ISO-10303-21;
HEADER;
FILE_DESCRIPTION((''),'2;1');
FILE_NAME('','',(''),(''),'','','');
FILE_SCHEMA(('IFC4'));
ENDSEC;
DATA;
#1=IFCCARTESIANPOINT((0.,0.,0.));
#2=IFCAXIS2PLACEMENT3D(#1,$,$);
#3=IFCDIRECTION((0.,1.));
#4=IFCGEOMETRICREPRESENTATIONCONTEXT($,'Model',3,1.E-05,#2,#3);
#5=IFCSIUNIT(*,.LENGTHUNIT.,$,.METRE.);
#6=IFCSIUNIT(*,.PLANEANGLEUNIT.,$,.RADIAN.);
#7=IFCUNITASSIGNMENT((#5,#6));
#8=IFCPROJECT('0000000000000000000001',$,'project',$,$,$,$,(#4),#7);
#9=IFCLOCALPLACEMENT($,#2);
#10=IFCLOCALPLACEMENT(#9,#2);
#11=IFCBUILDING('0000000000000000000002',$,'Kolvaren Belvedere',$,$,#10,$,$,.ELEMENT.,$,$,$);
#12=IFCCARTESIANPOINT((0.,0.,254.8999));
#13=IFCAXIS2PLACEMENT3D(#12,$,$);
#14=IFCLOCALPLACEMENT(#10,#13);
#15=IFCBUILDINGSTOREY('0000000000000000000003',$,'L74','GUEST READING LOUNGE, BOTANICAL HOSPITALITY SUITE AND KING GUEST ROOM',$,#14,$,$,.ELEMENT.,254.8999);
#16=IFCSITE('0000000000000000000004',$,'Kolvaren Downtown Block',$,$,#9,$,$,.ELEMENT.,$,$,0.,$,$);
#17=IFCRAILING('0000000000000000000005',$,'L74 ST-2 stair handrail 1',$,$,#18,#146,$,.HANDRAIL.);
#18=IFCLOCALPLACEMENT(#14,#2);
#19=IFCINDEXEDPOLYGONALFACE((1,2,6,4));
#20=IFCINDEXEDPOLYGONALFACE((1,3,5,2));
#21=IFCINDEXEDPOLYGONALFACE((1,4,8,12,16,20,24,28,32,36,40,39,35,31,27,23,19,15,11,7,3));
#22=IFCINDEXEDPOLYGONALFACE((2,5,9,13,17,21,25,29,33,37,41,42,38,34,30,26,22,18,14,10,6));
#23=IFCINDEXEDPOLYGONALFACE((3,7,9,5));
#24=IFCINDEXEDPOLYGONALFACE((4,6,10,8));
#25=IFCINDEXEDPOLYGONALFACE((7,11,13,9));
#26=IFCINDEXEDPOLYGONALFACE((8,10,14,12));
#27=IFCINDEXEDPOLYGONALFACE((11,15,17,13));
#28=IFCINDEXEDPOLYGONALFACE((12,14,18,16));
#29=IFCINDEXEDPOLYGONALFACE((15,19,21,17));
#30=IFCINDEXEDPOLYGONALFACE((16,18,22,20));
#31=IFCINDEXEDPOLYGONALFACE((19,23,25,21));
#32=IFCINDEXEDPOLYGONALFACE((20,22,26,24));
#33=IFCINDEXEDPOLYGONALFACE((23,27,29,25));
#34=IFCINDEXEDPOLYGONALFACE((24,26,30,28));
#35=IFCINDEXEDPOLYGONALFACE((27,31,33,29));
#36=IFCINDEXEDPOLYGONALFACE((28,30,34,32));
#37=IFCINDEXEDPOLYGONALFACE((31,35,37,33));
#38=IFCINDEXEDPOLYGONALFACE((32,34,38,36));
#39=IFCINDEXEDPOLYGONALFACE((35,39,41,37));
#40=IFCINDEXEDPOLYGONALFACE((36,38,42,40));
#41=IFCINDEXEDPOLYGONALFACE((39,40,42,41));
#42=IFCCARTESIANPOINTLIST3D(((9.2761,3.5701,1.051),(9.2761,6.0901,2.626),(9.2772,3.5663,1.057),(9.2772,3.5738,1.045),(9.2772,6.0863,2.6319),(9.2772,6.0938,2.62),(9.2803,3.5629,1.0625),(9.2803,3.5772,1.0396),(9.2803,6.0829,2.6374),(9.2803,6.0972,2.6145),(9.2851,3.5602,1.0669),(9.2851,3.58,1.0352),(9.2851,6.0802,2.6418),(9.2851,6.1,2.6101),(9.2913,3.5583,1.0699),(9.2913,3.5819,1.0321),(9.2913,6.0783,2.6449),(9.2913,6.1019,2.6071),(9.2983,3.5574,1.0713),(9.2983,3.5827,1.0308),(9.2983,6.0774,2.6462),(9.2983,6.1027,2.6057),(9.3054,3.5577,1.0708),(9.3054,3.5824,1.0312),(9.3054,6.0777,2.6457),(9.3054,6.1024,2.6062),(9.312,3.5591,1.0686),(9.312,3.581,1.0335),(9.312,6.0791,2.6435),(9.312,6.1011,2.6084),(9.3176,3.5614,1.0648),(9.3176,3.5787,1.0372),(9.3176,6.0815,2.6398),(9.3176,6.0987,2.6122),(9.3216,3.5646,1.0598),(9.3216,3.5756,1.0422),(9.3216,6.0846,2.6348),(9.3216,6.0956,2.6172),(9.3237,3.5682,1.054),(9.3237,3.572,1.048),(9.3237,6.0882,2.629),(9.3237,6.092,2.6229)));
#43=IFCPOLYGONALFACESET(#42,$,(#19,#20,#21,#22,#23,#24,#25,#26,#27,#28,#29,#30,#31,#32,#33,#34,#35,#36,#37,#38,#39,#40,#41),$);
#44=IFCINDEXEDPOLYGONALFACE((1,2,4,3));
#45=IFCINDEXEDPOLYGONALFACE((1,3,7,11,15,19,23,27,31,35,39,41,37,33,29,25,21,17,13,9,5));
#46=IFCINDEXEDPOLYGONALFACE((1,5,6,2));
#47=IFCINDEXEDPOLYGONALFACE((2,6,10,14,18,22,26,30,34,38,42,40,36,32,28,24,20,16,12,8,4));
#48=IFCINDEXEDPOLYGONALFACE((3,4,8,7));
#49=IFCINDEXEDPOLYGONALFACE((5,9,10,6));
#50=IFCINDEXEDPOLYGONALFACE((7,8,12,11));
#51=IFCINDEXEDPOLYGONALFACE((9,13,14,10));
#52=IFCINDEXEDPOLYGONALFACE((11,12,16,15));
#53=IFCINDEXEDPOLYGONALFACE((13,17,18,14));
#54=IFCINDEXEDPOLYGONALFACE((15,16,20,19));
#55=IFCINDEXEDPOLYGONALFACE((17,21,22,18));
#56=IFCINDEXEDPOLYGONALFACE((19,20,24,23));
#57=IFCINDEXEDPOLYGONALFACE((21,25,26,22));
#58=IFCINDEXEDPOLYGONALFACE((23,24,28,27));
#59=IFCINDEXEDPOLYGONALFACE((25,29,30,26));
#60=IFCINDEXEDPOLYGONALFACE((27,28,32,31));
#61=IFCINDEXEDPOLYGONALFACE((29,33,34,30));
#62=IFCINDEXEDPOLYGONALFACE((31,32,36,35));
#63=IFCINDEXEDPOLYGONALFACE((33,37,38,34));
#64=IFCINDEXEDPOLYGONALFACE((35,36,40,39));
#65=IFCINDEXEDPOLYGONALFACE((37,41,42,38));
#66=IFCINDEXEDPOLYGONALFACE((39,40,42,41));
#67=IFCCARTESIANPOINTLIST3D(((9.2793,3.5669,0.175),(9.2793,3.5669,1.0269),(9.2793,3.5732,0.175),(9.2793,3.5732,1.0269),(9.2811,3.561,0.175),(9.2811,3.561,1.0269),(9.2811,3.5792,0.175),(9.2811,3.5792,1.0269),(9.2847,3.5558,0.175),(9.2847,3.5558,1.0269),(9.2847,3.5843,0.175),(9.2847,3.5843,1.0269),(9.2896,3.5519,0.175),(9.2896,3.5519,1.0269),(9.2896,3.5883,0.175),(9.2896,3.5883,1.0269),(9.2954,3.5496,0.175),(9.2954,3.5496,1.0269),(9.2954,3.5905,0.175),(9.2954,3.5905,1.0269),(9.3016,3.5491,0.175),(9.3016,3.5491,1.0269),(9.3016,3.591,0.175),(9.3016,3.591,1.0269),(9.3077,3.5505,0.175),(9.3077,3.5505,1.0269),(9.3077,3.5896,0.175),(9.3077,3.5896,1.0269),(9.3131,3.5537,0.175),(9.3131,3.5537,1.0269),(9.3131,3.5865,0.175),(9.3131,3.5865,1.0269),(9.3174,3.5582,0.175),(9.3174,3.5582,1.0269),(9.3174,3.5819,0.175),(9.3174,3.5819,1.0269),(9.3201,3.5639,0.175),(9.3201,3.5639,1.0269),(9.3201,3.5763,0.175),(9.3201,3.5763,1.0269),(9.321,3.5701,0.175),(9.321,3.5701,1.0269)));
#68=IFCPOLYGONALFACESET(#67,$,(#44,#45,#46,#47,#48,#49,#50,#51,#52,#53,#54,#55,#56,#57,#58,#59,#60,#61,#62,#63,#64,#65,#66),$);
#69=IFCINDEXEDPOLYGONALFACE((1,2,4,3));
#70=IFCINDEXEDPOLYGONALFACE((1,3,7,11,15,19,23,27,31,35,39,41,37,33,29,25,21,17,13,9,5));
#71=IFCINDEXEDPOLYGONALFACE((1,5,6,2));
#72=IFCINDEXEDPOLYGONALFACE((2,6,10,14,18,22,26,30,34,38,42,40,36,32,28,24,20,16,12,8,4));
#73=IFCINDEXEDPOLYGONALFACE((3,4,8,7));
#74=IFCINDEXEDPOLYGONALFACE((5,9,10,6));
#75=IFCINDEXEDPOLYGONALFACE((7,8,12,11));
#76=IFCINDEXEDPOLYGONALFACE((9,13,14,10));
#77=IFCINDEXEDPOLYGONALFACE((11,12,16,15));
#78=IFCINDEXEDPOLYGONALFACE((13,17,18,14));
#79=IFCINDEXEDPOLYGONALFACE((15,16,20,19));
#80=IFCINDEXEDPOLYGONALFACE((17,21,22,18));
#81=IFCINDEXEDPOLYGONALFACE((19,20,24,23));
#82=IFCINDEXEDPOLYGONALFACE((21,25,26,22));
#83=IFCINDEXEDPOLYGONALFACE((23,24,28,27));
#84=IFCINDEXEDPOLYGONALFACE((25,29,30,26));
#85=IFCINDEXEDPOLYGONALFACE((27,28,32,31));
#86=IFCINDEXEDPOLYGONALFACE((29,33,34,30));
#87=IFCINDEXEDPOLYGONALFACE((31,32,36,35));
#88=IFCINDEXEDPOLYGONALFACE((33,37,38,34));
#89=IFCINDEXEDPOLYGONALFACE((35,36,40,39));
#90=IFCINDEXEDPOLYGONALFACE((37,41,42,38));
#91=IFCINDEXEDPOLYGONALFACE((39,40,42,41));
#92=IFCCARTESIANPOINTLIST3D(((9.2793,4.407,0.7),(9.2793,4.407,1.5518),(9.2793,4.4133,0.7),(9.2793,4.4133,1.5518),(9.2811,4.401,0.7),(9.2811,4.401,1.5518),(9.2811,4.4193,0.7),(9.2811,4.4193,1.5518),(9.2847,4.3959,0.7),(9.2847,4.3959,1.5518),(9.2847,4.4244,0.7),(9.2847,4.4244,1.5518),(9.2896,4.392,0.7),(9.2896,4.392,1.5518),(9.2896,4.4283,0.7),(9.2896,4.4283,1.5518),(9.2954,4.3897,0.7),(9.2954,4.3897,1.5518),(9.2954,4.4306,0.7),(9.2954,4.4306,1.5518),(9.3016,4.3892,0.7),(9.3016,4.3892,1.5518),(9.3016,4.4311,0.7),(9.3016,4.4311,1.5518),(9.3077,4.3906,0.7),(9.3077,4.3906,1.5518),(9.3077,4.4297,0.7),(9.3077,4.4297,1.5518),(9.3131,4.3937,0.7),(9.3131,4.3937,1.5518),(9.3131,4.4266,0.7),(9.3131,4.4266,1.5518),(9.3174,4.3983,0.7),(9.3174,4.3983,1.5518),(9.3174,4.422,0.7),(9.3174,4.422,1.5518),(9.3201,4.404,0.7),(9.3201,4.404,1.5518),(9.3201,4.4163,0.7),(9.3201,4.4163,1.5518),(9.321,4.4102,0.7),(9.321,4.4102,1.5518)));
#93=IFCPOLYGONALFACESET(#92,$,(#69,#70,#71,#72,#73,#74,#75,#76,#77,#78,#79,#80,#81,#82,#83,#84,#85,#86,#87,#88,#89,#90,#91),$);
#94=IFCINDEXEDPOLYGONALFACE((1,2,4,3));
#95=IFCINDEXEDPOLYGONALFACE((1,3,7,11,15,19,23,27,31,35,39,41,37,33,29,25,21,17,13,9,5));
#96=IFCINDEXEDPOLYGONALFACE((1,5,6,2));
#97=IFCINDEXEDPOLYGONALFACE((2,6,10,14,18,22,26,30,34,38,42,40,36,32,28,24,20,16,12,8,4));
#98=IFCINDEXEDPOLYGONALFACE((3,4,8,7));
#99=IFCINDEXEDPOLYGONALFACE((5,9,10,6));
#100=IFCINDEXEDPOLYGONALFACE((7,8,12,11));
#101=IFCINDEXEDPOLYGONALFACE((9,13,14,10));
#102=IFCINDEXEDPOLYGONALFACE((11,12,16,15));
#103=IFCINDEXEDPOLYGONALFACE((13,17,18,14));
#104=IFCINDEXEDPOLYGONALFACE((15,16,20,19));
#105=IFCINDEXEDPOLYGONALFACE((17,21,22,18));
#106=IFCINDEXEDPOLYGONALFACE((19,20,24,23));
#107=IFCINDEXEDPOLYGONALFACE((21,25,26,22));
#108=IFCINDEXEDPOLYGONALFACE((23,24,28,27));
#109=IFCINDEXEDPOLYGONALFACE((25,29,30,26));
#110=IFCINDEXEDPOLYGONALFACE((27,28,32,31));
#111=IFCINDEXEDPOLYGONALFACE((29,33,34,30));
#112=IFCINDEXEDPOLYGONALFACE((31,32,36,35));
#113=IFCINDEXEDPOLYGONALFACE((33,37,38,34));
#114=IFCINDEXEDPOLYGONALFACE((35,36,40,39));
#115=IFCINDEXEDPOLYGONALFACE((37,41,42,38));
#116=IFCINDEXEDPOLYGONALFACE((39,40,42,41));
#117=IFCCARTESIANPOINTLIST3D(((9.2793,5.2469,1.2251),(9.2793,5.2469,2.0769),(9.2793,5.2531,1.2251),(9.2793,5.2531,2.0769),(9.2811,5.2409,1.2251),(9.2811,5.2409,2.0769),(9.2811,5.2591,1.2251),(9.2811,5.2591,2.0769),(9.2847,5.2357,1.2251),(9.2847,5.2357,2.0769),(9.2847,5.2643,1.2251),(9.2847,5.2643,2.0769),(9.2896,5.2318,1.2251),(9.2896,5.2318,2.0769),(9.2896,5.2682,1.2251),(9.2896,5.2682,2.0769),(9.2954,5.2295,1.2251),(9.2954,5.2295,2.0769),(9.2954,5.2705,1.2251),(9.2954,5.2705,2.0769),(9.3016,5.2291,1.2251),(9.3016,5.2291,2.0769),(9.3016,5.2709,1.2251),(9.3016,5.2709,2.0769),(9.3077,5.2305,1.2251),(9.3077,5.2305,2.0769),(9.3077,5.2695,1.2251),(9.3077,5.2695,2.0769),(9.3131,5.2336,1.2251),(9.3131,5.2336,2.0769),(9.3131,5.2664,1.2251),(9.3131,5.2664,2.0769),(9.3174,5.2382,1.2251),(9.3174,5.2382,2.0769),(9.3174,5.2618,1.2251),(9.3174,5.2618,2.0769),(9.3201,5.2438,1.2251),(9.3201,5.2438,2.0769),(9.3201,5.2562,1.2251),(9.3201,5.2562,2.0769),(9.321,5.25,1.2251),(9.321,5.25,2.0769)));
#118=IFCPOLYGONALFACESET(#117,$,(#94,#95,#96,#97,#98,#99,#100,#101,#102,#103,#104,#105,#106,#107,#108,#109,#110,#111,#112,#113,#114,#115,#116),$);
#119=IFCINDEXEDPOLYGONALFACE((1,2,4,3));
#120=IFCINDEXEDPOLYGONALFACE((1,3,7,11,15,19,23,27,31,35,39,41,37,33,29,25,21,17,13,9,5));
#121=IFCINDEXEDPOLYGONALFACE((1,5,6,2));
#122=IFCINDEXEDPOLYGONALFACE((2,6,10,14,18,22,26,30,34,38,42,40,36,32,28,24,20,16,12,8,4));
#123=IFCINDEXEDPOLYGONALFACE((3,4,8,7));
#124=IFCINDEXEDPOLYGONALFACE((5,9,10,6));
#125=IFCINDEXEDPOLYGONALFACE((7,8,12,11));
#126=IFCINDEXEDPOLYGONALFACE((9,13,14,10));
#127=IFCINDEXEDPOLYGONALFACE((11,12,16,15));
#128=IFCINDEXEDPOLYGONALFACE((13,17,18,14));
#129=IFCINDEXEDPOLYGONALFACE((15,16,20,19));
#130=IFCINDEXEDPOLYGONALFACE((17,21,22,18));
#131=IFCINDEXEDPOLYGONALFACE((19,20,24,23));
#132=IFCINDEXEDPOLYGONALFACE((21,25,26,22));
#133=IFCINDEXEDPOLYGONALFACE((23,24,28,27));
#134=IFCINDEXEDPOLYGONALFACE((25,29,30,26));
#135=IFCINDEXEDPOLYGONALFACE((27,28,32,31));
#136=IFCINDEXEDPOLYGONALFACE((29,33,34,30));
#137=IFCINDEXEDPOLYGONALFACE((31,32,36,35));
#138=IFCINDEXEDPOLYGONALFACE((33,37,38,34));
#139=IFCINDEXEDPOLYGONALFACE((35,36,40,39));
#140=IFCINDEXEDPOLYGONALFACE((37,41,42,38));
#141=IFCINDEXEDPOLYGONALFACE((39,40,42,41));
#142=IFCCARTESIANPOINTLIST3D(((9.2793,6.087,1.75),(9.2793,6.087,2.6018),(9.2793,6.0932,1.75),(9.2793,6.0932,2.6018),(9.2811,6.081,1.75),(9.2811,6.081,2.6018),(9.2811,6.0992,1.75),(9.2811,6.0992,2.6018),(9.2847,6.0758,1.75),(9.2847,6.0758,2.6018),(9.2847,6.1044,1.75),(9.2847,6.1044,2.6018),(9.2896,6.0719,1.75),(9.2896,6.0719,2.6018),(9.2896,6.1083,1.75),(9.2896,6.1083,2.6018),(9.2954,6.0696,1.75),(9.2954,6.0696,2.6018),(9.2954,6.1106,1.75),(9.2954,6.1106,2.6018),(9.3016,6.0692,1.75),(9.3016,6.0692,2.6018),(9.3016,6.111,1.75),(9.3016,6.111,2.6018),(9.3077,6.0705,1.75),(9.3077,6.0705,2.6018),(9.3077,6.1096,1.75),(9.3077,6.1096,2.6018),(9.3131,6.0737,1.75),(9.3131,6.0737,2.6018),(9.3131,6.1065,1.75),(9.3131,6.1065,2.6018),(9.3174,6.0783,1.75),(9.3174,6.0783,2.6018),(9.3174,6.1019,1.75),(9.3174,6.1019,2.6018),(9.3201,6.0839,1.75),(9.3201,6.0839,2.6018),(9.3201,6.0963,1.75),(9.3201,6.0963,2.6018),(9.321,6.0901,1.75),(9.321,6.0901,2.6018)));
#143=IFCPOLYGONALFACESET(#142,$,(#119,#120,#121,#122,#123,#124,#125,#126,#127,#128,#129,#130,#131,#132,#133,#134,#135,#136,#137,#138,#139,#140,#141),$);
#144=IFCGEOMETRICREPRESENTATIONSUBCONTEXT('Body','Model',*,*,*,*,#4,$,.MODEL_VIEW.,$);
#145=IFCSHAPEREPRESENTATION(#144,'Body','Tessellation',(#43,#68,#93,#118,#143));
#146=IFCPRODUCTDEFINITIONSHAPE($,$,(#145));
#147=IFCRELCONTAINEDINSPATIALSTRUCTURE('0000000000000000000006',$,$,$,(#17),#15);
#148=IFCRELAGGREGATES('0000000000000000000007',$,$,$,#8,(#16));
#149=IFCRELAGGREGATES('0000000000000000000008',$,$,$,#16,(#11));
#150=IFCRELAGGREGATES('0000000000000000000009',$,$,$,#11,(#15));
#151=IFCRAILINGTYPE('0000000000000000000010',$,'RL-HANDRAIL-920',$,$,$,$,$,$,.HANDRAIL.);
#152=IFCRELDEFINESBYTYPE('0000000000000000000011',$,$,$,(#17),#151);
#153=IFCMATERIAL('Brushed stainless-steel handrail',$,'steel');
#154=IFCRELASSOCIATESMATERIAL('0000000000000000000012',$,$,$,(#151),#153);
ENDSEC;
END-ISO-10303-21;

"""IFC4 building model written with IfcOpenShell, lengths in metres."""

from ifc_helpers import new_model, si_unit, direction, frame, origin, origin_2d, place, context, subcontext, project, spatial, circle, extrude, material, type_object, element, save


model = new_model("IFC4")

# Units and contexts
model_context = context("Model", 3, precision=1e-05, world=origin(), true_north=direction((0.0, 1.0)))
body_context = subcontext(model_context, "Body", "Model", "MODEL_VIEW")
ifc_project = project(units=[si_unit("LENGTHUNIT", "METRE"), si_unit("PLANEANGLEUNIT", "RADIAN")], contexts=[model_context])

# Site, building, storey
site_placement = place(None, origin())
site = spatial("IfcSite", under=ifc_project, at=site_placement, Name="Kolvaren Downtown Block", CompositionType="ELEMENT", RefElevation=0.0)
building_placement = place(site_placement, origin())
building = spatial("IfcBuilding", under=site, at=building_placement, Name="Kolvaren Belvedere", CompositionType="ELEMENT")
storey_placement = place(building_placement, frame((0.0, 0.0, 254.8999)))
storey = spatial("IfcBuildingStorey", under=building, at=storey_placement, Name="L74", Description="GUEST READING LOUNGE, BOTANICAL HOSPITALITY SUITE AND KING GUEST ROOM", CompositionType="ELEMENT", Elevation=254.8999)

# Railing
ifc_material_1 = material(Name="Brushed stainless-steel handrail", Category="steel")
railing_type_1 = type_object("IfcRailingType", Name="RL-HANDRAIL-920", PredefinedType="HANDRAIL", material=ifc_material_1)
railing_1_placement = place(storey_placement, frame((9.3, 3.5701, 0.175)))
element("IfcRailing", 1, at=railing_1_placement, inside=storey, type_object=railing_type_1, Name="L74 ST-2 stair handrail 1", PredefinedType="HANDRAIL", context=body_context, shape_type="SweptSolid", body=[
    extrude(circle(Radius=0.0239, at=origin_2d()), frame((0.0, 0.0, 0.876), z_axis=(0.0, 0.848008, 0.529984), x_axis=(-1.0, 0.0, 0.0)), (0.0, 0.0, 1.0), 2.9717),
    extrude(circle(Radius=0.021, at=origin_2d()), origin(), (0.0, 0.0, 1.0), 0.8518),
    extrude(circle(Radius=0.021, at=origin_2d()), frame((0.0, 0.8401, 0.5249)), (0.0, 0.0, 1.0), 0.8518),
    extrude(circle(Radius=0.021, at=origin_2d()), frame((0.0, 1.6799, 1.05)), (0.0, 0.0, 1.0), 0.8518),
    extrude(circle(Radius=0.021, at=origin_2d()), frame((0.0, 2.52, 1.575)), (0.0, 0.0, 1.0), 0.8518),
])

save(model, "model.ifc")
